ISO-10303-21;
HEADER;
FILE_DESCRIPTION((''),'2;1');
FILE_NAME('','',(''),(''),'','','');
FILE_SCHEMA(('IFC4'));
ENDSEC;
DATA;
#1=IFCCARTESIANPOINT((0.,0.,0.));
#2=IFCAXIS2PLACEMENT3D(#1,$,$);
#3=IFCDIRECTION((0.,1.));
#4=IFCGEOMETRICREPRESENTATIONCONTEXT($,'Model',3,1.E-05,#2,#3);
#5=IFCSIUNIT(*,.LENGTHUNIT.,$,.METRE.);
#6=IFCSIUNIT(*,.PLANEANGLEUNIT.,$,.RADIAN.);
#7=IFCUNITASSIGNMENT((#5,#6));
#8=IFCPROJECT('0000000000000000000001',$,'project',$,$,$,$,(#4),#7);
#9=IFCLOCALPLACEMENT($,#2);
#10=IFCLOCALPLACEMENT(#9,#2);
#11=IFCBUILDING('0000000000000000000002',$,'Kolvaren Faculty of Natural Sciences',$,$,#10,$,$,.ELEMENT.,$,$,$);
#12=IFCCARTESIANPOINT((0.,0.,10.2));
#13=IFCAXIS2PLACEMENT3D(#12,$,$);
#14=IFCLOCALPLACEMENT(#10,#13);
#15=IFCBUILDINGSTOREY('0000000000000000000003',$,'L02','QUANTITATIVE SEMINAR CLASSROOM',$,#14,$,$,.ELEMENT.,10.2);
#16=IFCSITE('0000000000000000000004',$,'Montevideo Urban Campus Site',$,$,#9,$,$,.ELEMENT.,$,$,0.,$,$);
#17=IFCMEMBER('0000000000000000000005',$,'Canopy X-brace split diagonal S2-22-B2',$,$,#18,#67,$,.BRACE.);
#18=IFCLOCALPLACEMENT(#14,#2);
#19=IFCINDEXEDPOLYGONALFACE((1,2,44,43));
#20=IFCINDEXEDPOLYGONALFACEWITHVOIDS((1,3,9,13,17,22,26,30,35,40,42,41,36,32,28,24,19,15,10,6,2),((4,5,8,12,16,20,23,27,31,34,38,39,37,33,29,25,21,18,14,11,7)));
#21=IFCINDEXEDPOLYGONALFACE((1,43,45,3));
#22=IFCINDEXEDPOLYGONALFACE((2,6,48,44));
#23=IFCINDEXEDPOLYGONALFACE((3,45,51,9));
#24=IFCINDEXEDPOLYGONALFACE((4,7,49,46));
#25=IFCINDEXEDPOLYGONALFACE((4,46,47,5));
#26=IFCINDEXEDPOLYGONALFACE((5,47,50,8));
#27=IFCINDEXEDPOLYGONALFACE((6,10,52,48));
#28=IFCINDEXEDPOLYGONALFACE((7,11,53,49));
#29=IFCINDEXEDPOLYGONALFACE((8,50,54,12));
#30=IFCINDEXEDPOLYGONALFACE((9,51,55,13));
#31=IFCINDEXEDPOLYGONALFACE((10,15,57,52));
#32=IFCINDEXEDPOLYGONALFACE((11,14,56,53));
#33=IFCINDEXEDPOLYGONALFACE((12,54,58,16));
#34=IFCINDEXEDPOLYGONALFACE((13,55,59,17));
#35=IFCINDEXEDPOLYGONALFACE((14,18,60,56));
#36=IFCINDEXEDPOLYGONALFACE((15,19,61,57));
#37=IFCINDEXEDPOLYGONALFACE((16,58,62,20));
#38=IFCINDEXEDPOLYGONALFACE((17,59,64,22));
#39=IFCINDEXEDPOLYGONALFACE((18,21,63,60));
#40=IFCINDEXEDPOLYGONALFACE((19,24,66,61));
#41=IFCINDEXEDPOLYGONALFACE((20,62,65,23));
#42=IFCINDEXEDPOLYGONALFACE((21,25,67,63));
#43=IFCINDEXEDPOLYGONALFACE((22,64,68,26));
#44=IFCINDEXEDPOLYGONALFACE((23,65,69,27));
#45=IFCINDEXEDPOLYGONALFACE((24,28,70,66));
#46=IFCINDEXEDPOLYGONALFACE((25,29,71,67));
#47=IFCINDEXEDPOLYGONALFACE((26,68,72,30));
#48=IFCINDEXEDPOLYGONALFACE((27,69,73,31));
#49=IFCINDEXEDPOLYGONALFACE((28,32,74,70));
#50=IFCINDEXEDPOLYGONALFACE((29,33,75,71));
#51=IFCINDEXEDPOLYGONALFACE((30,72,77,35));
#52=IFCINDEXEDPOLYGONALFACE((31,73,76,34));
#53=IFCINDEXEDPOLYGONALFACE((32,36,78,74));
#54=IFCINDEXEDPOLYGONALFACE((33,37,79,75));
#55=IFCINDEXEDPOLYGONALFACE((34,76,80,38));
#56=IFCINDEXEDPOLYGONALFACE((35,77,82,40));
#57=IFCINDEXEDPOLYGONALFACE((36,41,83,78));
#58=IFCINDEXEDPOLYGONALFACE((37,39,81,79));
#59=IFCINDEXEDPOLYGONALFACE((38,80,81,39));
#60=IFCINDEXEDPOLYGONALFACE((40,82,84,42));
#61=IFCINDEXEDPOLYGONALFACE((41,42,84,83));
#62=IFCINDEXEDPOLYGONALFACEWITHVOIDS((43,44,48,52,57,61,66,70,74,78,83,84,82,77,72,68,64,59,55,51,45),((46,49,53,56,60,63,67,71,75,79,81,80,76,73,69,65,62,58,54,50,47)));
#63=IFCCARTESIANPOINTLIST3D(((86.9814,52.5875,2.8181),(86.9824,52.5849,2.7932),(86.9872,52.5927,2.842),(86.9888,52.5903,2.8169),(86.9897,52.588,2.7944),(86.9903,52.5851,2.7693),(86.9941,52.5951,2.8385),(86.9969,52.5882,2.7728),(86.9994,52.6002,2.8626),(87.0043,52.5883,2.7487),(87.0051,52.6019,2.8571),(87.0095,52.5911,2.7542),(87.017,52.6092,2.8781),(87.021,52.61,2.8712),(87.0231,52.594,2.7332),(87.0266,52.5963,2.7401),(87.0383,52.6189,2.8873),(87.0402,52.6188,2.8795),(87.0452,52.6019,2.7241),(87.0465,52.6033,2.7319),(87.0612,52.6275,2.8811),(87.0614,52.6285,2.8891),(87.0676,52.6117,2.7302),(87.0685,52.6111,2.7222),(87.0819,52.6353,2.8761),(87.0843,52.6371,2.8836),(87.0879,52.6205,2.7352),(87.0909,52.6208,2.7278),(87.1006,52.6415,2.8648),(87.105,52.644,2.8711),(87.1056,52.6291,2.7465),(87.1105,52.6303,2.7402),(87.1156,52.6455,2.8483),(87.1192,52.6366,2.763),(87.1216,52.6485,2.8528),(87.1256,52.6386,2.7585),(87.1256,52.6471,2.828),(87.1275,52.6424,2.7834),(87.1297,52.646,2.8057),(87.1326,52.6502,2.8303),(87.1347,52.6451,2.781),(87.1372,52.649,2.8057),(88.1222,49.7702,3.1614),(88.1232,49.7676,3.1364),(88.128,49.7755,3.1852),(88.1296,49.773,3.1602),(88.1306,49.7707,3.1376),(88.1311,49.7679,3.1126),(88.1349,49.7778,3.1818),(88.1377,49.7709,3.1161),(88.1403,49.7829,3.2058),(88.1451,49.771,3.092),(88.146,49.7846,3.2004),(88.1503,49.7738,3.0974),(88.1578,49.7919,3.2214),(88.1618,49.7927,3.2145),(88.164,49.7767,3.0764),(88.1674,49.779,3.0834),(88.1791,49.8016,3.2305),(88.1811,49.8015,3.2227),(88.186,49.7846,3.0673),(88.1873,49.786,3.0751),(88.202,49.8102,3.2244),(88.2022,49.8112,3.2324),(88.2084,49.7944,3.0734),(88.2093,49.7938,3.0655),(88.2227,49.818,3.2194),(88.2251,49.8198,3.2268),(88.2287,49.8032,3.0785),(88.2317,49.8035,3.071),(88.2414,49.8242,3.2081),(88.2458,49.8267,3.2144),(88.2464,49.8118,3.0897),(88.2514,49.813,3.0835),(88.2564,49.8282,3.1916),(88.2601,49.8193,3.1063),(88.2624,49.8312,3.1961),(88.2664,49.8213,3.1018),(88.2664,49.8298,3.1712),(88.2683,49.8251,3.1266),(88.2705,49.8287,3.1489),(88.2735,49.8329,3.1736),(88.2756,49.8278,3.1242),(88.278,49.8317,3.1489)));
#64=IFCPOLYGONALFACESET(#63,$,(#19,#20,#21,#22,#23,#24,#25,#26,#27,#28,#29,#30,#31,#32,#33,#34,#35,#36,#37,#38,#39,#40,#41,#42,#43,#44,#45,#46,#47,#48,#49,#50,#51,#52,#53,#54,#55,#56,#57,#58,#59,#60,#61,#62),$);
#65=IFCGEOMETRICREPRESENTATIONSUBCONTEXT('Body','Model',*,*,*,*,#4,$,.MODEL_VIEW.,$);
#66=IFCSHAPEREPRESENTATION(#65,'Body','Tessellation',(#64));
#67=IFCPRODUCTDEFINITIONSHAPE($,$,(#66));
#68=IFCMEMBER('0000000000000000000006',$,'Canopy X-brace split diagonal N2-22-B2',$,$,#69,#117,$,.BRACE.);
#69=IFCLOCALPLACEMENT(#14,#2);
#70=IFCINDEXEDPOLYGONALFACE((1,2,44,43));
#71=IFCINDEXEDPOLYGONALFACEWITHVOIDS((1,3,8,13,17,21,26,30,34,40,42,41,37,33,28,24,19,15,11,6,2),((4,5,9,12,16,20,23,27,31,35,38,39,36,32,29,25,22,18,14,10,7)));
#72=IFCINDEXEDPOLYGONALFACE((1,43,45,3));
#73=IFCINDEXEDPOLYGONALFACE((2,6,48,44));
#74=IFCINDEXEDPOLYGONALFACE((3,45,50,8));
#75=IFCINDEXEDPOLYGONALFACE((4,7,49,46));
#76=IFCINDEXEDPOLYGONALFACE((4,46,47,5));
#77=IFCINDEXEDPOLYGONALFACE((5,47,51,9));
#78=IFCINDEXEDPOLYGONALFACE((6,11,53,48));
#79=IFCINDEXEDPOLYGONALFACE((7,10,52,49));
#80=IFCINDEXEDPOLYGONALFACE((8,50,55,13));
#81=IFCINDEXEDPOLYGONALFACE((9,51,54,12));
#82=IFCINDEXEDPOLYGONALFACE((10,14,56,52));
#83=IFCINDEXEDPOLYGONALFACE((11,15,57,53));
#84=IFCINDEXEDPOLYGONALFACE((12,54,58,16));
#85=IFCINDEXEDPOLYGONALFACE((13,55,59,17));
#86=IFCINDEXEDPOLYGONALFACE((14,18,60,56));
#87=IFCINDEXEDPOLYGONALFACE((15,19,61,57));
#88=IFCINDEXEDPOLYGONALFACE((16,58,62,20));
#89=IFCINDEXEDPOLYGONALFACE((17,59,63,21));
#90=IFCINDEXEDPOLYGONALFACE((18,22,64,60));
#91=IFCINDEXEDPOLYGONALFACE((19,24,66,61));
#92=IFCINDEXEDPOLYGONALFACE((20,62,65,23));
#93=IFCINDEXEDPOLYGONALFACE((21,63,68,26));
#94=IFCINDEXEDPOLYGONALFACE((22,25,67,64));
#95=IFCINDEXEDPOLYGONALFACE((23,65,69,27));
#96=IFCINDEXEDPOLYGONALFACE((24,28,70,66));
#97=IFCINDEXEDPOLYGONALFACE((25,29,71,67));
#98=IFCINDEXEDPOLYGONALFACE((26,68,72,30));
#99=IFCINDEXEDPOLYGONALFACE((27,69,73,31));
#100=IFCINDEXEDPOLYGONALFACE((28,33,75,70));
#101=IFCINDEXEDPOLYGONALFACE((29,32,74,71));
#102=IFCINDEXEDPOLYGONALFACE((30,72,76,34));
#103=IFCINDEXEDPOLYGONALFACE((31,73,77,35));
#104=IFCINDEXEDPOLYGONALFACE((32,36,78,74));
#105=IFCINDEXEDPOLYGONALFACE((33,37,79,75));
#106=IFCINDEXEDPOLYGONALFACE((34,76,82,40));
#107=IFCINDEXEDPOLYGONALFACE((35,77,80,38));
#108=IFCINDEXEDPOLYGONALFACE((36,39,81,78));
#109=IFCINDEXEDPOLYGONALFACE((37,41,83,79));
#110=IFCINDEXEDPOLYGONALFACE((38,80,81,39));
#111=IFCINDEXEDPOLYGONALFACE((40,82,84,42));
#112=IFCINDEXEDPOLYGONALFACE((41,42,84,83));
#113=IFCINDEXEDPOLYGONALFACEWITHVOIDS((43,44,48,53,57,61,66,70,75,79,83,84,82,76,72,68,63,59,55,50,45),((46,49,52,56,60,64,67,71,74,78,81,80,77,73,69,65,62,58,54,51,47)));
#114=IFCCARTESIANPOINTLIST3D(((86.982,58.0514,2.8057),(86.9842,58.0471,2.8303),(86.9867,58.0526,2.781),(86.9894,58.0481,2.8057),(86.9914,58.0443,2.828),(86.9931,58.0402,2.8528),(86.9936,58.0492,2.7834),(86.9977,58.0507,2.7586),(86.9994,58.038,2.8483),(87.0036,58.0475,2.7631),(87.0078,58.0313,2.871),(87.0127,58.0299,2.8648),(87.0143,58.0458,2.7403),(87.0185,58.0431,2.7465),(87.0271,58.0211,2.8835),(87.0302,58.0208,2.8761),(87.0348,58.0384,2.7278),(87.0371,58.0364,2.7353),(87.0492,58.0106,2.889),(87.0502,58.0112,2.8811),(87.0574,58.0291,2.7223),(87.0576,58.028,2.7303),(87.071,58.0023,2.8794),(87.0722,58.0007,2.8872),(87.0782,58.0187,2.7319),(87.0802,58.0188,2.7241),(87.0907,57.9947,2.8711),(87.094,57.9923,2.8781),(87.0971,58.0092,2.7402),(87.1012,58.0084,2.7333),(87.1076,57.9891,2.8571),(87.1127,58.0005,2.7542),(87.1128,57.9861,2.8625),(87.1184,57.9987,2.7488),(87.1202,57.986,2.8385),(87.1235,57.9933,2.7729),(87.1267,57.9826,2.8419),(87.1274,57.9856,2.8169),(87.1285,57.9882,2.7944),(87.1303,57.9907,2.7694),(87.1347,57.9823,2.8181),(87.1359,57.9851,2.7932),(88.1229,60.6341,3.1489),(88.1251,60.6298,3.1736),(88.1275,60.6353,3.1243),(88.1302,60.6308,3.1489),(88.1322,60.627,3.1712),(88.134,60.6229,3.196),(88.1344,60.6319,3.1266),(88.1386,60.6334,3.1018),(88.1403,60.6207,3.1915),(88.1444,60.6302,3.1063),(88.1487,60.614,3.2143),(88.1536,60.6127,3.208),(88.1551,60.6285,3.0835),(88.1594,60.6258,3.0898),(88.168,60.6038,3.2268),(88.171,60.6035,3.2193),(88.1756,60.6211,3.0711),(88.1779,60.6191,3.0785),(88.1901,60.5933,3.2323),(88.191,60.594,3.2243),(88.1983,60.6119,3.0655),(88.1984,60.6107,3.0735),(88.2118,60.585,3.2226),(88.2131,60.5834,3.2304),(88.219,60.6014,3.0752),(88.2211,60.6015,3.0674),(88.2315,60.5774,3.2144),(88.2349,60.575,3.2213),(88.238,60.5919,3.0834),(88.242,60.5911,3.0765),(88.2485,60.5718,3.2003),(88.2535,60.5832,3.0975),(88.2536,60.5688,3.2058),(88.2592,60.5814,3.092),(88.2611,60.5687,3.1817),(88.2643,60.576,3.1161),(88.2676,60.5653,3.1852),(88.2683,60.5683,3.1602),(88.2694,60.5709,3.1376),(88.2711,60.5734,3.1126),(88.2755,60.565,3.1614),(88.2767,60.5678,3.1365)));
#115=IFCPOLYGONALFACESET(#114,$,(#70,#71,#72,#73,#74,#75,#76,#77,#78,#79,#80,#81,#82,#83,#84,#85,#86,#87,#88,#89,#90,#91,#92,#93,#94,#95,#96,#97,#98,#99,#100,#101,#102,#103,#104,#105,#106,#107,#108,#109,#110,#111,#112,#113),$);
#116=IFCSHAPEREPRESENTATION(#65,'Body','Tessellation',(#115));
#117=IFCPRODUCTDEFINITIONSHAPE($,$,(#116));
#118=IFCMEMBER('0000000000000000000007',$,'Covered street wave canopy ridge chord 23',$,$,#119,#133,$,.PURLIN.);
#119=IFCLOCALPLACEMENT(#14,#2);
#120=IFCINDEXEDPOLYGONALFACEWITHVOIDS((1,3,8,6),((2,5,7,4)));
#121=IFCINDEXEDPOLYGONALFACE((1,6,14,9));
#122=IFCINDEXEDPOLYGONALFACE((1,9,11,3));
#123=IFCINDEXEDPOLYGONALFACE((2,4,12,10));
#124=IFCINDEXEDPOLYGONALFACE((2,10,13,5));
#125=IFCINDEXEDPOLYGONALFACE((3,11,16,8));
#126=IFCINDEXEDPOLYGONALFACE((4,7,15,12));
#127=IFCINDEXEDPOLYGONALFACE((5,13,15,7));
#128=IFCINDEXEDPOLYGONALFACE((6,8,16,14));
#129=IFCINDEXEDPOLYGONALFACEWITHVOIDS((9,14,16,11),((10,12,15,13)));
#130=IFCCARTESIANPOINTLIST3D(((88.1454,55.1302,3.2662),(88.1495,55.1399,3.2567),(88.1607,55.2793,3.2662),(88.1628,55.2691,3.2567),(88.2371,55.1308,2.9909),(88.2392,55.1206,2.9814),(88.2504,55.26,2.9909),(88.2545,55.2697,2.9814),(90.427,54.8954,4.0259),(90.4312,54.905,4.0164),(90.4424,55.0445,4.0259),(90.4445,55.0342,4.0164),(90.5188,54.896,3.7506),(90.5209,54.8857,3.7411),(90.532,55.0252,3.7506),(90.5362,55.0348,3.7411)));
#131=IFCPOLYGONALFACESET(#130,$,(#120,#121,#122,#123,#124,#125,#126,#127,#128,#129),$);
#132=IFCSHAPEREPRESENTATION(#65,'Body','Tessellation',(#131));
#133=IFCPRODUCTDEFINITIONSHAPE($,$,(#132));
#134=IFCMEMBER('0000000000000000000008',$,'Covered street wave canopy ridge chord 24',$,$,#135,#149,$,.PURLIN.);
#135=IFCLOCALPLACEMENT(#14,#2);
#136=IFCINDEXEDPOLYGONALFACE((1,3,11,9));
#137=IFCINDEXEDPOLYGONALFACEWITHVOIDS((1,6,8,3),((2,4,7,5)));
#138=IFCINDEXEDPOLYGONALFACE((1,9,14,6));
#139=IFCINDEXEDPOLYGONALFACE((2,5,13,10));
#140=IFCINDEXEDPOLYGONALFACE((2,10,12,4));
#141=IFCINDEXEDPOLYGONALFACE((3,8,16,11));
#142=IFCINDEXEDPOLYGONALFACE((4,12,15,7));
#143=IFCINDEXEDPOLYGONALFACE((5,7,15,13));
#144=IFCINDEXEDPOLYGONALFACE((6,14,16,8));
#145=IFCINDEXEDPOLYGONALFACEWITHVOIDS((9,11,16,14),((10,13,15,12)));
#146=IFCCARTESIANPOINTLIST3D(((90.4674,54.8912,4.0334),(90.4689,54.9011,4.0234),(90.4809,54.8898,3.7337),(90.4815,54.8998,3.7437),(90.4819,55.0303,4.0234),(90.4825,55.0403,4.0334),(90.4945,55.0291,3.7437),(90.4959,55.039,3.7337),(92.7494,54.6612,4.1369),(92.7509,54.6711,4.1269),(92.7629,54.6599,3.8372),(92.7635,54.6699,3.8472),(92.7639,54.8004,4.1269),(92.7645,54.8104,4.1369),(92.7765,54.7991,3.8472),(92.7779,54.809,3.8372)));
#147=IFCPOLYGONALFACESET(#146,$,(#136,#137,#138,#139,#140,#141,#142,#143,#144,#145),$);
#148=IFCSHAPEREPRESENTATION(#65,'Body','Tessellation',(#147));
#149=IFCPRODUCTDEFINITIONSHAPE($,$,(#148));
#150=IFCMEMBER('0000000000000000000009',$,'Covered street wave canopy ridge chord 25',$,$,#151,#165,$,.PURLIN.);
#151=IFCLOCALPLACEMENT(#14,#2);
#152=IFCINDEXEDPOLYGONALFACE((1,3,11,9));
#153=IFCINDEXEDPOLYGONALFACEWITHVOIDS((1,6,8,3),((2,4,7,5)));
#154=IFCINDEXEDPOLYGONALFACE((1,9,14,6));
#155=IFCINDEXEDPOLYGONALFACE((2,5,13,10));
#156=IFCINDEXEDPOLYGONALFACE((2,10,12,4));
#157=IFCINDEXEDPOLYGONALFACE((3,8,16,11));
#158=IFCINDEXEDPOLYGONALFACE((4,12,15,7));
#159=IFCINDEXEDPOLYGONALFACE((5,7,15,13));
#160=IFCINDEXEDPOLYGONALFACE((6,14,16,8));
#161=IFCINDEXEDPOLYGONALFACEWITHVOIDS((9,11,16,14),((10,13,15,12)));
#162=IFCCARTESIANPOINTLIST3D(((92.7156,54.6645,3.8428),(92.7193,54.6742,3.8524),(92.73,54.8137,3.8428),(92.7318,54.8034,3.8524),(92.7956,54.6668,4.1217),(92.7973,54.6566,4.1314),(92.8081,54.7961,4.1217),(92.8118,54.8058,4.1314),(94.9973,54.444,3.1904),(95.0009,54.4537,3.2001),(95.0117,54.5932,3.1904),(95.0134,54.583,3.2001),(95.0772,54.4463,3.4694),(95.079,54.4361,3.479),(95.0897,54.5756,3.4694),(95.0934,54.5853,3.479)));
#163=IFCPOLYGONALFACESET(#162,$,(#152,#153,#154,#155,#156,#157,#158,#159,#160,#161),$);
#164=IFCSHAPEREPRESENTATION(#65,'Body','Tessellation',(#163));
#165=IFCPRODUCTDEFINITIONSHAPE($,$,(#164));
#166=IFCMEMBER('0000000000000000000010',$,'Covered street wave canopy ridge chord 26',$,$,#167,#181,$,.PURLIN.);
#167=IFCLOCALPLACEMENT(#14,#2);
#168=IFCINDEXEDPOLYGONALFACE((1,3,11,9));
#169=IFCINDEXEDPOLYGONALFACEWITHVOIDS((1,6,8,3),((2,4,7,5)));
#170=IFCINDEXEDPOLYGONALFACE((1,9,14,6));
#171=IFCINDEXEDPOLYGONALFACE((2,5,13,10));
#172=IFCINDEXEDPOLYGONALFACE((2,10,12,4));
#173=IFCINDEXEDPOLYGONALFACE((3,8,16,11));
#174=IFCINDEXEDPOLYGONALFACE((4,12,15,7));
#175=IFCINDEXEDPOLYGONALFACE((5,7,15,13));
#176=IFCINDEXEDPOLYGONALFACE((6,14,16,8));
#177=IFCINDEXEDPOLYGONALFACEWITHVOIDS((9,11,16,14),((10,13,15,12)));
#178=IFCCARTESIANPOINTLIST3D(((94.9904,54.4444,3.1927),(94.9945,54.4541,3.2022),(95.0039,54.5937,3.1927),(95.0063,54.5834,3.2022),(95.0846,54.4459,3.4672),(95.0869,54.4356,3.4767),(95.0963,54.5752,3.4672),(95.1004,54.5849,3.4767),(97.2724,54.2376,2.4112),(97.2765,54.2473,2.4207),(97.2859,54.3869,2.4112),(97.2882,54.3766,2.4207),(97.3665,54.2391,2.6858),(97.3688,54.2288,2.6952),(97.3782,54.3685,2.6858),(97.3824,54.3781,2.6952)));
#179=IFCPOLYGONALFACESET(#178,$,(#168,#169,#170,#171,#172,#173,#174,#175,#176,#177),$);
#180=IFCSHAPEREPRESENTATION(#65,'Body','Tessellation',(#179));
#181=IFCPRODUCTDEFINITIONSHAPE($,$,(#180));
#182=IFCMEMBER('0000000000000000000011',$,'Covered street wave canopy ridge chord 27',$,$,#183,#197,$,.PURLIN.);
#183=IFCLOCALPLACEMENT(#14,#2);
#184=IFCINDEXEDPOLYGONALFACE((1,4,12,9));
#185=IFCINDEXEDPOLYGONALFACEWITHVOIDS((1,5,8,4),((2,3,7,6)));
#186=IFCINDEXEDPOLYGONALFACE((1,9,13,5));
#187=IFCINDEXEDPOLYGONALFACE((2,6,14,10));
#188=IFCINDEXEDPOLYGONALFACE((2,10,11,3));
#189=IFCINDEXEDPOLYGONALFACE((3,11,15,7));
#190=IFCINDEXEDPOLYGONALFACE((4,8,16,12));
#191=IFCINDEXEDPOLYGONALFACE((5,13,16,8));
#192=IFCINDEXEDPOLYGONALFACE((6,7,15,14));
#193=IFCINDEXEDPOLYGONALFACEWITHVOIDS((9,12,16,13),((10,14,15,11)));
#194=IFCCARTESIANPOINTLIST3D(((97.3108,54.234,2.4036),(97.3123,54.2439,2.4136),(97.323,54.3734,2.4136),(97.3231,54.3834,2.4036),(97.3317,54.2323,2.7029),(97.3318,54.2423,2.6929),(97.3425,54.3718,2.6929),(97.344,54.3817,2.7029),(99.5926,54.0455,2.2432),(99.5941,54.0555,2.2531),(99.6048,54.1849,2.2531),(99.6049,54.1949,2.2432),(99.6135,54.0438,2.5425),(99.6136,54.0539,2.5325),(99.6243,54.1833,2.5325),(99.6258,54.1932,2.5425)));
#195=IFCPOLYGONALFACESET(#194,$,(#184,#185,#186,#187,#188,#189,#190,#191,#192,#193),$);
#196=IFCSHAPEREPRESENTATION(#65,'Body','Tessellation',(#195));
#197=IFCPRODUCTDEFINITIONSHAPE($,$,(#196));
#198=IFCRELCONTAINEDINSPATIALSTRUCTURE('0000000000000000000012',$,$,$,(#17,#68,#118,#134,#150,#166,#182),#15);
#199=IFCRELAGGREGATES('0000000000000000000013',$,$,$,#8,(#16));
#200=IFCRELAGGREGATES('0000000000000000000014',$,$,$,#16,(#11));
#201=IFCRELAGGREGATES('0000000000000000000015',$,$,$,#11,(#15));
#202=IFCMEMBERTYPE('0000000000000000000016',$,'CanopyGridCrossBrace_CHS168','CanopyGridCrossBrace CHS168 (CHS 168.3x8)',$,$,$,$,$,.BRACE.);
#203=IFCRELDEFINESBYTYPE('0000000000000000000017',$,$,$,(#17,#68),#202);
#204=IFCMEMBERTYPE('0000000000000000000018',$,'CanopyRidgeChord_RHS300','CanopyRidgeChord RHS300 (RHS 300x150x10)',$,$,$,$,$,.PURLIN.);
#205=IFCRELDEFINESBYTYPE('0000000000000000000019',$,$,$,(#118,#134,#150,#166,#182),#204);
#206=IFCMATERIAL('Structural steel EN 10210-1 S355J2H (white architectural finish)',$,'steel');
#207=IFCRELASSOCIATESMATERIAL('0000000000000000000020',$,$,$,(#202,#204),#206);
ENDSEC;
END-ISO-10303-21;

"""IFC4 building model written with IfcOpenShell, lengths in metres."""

from ifc_helpers import new_model, si_unit, direction, frame, origin, origin_2d, place, context, subcontext, project, spatial, hollow_rectangle, hollow_circle, extrude, material, material_profile, profile_set, type_object, element, save


model = new_model("IFC4")

# Units and contexts
model_context = context("Model", 3, precision=1e-05, world=origin(), true_north=direction((0.0, 1.0)))
body_context = subcontext(model_context, "Body", "Model", "MODEL_VIEW")
ifc_project = project(units=[si_unit("LENGTHUNIT", "METRE"), si_unit("PLANEANGLEUNIT", "RADIAN")], contexts=[model_context])

# Site, building, storey
site_placement = place(None, origin())
site = spatial("IfcSite", under=ifc_project, at=site_placement, Name="Montevideo Urban Campus Site", CompositionType="ELEMENT", RefElevation=0.0)
building_placement = place(site_placement, origin())
building = spatial("IfcBuilding", under=site, at=building_placement, Name="Kolvaren Faculty of Natural Sciences", CompositionType="ELEMENT")
storey_placement = place(building_placement, frame((0.0, 0.0, 10.2)))
storey = spatial("IfcBuildingStorey", under=building, at=storey_placement, Name="L02", Description="QUANTITATIVE SEMINAR CLASSROOM", CompositionType="ELEMENT", Elevation=10.2)

# Members
ifc_material_1 = material(Name="Structural steel EN 10210-1 S355J2H (white architectural finish)", Category="steel")
ifc_material_profile_1 = material_profile(ifc_material_1, hollow_circle(Radius=0.0842, WallThickness=0.0081, at=origin_2d()), Name="CHS 168.3x8")
ifc_profile_set_1 = profile_set([ifc_material_profile_1], Name="Structural steel EN 10210-1 S355J2H (white architectural finish)")
member_type_1 = type_object("IfcMemberType", Name="CanopyGridCrossBrace_CHS168", Description="CanopyGridCrossBrace CHS168 (CHS 168.3x8)", PredefinedType="BRACE", material=ifc_profile_set_1)
member_1_placement = place(storey_placement, frame((87.0591, 52.6174, 2.8057), z_axis=(0.372963, -0.921035, 0.112216), x_axis=(0.92689, 0.375334, 0.0)))
element("IfcMember", 1, at=member_1_placement, inside=storey, type_object=member_type_1, Name="Canopy X-brace split diagonal S2-22-B2", PredefinedType="BRACE", context=body_context, shape_type="SweptSolid", body=[
    extrude(hollow_circle(Radius=0.0842, WallThickness=0.0081, at=origin_2d()), origin(), (0.0, 0.0, 1.0), 3.0588),
])
member_2_placement = place(storey_placement, frame((87.0591, 58.0173, 2.8057), z_axis=(0.401106, 0.908047, 0.120684), x_axis=(-0.914733, 0.40406, 0.0)))
element("IfcMember", 2, at=member_2_placement, inside=storey, type_object=member_type_1, Name="Canopy X-brace split diagonal N2-22-B2", PredefinedType="BRACE", context=body_context, shape_type="SweptSolid", body=[
    extrude(hollow_circle(Radius=0.0842, WallThickness=0.0081, at=origin_2d()), origin(), (0.0, 0.0, 1.0), 2.8442),
])
ifc_material_profile_2 = material_profile(ifc_material_1, hollow_rectangle(XDim=0.1499, YDim=0.3, WallThickness=0.01, at=origin_2d()), Name="RHS 300x150x10")
ifc_profile_set_2 = profile_set([ifc_material_profile_2], Name="Structural steel EN 10210-1 S355J2H (white architectural finish)")
member_type_2 = type_object("IfcMemberType", Name="CanopyRidgeChord_RHS300", Description="CanopyRidgeChord RHS300 (RHS 300x150x10)", PredefinedType="PURLIN", material=ifc_profile_set_2)
member_3_placement = place(storey_placement, frame((88.2, 55.2, 3.1238), z_axis=(0.944292, -0.097198, 0.314427), x_axis=(0.102391, 0.994744, 0.0)))
element("IfcMember", 3, at=member_3_placement, inside=storey, type_object=member_type_2, Name="Covered street wave canopy ridge chord 23", PredefinedType="PURLIN", context=body_context, shape_type="SweptSolid", body=[
    extrude(hollow_rectangle(XDim=0.1499, YDim=0.3, WallThickness=0.01, at=origin_2d()), origin(), (0.0, 0.0, 1.0), 2.4163),
])
member_4_placement = place(storey_placement, frame((90.4817, 54.9651, 3.8835), z_axis=(0.993948, -0.100171, 0.045088), x_axis=(0.100273, 0.99496, 0.0)))
element("IfcMember", 4, at=member_4_placement, inside=storey, type_object=member_type_2, Name="Covered street wave canopy ridge chord 24", PredefinedType="PURLIN", context=body_context, shape_type="SweptSolid", body=[
    extrude(hollow_rectangle(XDim=0.1499, YDim=0.3, WallThickness=0.01, at=origin_2d()), origin(), (0.0, 0.0, 1.0), 2.2959),
])
member_5_placement = place(storey_placement, frame((92.7637, 54.7351, 3.9871), z_axis=(0.957355, -0.092499, -0.273706), x_axis=(0.096171, 0.995365, 0.0)))
element("IfcMember", 5, at=member_5_placement, inside=storey, type_object=member_type_2, Name="Covered street wave canopy ridge chord 25", PredefinedType="PURLIN", context=body_context, shape_type="SweptSolid", body=[
    extrude(hollow_rectangle(XDim=0.1499, YDim=0.3, WallThickness=0.01, at=origin_2d()), origin(), (0.0, 0.0, 1.0), 2.3833),
])
member_6_placement = place(storey_placement, frame((95.0454, 54.5146, 3.3347), z_axis=(0.942603, -0.085416, -0.322806), x_axis=(0.090248, 0.995919, 0.0)))
element("IfcMember", 6, at=member_6_placement, inside=storey, type_object=member_type_2, Name="Covered street wave canopy ridge chord 26", PredefinedType="PURLIN", context=body_context, shape_type="SweptSolid", body=[
    extrude(hollow_rectangle(XDim=0.1499, YDim=0.3, WallThickness=0.01, at=origin_2d()), origin(), (0.0, 0.0, 1.0), 2.4209),
])
member_7_placement = place(storey_placement, frame((97.3274, 54.3079, 2.5532), z_axis=(0.994169, -0.082121, -0.069888), x_axis=(0.082322, 0.996606, 0.0)))
element("IfcMember", 7, at=member_7_placement, inside=storey, type_object=member_type_2, Name="Covered street wave canopy ridge chord 27", PredefinedType="PURLIN", context=body_context, shape_type="SweptSolid", body=[
    extrude(hollow_rectangle(XDim=0.1499, YDim=0.3, WallThickness=0.01, at=origin_2d()), origin(), (0.0, 0.0, 1.0), 2.2952),
])

save(model, "model.ifc")
